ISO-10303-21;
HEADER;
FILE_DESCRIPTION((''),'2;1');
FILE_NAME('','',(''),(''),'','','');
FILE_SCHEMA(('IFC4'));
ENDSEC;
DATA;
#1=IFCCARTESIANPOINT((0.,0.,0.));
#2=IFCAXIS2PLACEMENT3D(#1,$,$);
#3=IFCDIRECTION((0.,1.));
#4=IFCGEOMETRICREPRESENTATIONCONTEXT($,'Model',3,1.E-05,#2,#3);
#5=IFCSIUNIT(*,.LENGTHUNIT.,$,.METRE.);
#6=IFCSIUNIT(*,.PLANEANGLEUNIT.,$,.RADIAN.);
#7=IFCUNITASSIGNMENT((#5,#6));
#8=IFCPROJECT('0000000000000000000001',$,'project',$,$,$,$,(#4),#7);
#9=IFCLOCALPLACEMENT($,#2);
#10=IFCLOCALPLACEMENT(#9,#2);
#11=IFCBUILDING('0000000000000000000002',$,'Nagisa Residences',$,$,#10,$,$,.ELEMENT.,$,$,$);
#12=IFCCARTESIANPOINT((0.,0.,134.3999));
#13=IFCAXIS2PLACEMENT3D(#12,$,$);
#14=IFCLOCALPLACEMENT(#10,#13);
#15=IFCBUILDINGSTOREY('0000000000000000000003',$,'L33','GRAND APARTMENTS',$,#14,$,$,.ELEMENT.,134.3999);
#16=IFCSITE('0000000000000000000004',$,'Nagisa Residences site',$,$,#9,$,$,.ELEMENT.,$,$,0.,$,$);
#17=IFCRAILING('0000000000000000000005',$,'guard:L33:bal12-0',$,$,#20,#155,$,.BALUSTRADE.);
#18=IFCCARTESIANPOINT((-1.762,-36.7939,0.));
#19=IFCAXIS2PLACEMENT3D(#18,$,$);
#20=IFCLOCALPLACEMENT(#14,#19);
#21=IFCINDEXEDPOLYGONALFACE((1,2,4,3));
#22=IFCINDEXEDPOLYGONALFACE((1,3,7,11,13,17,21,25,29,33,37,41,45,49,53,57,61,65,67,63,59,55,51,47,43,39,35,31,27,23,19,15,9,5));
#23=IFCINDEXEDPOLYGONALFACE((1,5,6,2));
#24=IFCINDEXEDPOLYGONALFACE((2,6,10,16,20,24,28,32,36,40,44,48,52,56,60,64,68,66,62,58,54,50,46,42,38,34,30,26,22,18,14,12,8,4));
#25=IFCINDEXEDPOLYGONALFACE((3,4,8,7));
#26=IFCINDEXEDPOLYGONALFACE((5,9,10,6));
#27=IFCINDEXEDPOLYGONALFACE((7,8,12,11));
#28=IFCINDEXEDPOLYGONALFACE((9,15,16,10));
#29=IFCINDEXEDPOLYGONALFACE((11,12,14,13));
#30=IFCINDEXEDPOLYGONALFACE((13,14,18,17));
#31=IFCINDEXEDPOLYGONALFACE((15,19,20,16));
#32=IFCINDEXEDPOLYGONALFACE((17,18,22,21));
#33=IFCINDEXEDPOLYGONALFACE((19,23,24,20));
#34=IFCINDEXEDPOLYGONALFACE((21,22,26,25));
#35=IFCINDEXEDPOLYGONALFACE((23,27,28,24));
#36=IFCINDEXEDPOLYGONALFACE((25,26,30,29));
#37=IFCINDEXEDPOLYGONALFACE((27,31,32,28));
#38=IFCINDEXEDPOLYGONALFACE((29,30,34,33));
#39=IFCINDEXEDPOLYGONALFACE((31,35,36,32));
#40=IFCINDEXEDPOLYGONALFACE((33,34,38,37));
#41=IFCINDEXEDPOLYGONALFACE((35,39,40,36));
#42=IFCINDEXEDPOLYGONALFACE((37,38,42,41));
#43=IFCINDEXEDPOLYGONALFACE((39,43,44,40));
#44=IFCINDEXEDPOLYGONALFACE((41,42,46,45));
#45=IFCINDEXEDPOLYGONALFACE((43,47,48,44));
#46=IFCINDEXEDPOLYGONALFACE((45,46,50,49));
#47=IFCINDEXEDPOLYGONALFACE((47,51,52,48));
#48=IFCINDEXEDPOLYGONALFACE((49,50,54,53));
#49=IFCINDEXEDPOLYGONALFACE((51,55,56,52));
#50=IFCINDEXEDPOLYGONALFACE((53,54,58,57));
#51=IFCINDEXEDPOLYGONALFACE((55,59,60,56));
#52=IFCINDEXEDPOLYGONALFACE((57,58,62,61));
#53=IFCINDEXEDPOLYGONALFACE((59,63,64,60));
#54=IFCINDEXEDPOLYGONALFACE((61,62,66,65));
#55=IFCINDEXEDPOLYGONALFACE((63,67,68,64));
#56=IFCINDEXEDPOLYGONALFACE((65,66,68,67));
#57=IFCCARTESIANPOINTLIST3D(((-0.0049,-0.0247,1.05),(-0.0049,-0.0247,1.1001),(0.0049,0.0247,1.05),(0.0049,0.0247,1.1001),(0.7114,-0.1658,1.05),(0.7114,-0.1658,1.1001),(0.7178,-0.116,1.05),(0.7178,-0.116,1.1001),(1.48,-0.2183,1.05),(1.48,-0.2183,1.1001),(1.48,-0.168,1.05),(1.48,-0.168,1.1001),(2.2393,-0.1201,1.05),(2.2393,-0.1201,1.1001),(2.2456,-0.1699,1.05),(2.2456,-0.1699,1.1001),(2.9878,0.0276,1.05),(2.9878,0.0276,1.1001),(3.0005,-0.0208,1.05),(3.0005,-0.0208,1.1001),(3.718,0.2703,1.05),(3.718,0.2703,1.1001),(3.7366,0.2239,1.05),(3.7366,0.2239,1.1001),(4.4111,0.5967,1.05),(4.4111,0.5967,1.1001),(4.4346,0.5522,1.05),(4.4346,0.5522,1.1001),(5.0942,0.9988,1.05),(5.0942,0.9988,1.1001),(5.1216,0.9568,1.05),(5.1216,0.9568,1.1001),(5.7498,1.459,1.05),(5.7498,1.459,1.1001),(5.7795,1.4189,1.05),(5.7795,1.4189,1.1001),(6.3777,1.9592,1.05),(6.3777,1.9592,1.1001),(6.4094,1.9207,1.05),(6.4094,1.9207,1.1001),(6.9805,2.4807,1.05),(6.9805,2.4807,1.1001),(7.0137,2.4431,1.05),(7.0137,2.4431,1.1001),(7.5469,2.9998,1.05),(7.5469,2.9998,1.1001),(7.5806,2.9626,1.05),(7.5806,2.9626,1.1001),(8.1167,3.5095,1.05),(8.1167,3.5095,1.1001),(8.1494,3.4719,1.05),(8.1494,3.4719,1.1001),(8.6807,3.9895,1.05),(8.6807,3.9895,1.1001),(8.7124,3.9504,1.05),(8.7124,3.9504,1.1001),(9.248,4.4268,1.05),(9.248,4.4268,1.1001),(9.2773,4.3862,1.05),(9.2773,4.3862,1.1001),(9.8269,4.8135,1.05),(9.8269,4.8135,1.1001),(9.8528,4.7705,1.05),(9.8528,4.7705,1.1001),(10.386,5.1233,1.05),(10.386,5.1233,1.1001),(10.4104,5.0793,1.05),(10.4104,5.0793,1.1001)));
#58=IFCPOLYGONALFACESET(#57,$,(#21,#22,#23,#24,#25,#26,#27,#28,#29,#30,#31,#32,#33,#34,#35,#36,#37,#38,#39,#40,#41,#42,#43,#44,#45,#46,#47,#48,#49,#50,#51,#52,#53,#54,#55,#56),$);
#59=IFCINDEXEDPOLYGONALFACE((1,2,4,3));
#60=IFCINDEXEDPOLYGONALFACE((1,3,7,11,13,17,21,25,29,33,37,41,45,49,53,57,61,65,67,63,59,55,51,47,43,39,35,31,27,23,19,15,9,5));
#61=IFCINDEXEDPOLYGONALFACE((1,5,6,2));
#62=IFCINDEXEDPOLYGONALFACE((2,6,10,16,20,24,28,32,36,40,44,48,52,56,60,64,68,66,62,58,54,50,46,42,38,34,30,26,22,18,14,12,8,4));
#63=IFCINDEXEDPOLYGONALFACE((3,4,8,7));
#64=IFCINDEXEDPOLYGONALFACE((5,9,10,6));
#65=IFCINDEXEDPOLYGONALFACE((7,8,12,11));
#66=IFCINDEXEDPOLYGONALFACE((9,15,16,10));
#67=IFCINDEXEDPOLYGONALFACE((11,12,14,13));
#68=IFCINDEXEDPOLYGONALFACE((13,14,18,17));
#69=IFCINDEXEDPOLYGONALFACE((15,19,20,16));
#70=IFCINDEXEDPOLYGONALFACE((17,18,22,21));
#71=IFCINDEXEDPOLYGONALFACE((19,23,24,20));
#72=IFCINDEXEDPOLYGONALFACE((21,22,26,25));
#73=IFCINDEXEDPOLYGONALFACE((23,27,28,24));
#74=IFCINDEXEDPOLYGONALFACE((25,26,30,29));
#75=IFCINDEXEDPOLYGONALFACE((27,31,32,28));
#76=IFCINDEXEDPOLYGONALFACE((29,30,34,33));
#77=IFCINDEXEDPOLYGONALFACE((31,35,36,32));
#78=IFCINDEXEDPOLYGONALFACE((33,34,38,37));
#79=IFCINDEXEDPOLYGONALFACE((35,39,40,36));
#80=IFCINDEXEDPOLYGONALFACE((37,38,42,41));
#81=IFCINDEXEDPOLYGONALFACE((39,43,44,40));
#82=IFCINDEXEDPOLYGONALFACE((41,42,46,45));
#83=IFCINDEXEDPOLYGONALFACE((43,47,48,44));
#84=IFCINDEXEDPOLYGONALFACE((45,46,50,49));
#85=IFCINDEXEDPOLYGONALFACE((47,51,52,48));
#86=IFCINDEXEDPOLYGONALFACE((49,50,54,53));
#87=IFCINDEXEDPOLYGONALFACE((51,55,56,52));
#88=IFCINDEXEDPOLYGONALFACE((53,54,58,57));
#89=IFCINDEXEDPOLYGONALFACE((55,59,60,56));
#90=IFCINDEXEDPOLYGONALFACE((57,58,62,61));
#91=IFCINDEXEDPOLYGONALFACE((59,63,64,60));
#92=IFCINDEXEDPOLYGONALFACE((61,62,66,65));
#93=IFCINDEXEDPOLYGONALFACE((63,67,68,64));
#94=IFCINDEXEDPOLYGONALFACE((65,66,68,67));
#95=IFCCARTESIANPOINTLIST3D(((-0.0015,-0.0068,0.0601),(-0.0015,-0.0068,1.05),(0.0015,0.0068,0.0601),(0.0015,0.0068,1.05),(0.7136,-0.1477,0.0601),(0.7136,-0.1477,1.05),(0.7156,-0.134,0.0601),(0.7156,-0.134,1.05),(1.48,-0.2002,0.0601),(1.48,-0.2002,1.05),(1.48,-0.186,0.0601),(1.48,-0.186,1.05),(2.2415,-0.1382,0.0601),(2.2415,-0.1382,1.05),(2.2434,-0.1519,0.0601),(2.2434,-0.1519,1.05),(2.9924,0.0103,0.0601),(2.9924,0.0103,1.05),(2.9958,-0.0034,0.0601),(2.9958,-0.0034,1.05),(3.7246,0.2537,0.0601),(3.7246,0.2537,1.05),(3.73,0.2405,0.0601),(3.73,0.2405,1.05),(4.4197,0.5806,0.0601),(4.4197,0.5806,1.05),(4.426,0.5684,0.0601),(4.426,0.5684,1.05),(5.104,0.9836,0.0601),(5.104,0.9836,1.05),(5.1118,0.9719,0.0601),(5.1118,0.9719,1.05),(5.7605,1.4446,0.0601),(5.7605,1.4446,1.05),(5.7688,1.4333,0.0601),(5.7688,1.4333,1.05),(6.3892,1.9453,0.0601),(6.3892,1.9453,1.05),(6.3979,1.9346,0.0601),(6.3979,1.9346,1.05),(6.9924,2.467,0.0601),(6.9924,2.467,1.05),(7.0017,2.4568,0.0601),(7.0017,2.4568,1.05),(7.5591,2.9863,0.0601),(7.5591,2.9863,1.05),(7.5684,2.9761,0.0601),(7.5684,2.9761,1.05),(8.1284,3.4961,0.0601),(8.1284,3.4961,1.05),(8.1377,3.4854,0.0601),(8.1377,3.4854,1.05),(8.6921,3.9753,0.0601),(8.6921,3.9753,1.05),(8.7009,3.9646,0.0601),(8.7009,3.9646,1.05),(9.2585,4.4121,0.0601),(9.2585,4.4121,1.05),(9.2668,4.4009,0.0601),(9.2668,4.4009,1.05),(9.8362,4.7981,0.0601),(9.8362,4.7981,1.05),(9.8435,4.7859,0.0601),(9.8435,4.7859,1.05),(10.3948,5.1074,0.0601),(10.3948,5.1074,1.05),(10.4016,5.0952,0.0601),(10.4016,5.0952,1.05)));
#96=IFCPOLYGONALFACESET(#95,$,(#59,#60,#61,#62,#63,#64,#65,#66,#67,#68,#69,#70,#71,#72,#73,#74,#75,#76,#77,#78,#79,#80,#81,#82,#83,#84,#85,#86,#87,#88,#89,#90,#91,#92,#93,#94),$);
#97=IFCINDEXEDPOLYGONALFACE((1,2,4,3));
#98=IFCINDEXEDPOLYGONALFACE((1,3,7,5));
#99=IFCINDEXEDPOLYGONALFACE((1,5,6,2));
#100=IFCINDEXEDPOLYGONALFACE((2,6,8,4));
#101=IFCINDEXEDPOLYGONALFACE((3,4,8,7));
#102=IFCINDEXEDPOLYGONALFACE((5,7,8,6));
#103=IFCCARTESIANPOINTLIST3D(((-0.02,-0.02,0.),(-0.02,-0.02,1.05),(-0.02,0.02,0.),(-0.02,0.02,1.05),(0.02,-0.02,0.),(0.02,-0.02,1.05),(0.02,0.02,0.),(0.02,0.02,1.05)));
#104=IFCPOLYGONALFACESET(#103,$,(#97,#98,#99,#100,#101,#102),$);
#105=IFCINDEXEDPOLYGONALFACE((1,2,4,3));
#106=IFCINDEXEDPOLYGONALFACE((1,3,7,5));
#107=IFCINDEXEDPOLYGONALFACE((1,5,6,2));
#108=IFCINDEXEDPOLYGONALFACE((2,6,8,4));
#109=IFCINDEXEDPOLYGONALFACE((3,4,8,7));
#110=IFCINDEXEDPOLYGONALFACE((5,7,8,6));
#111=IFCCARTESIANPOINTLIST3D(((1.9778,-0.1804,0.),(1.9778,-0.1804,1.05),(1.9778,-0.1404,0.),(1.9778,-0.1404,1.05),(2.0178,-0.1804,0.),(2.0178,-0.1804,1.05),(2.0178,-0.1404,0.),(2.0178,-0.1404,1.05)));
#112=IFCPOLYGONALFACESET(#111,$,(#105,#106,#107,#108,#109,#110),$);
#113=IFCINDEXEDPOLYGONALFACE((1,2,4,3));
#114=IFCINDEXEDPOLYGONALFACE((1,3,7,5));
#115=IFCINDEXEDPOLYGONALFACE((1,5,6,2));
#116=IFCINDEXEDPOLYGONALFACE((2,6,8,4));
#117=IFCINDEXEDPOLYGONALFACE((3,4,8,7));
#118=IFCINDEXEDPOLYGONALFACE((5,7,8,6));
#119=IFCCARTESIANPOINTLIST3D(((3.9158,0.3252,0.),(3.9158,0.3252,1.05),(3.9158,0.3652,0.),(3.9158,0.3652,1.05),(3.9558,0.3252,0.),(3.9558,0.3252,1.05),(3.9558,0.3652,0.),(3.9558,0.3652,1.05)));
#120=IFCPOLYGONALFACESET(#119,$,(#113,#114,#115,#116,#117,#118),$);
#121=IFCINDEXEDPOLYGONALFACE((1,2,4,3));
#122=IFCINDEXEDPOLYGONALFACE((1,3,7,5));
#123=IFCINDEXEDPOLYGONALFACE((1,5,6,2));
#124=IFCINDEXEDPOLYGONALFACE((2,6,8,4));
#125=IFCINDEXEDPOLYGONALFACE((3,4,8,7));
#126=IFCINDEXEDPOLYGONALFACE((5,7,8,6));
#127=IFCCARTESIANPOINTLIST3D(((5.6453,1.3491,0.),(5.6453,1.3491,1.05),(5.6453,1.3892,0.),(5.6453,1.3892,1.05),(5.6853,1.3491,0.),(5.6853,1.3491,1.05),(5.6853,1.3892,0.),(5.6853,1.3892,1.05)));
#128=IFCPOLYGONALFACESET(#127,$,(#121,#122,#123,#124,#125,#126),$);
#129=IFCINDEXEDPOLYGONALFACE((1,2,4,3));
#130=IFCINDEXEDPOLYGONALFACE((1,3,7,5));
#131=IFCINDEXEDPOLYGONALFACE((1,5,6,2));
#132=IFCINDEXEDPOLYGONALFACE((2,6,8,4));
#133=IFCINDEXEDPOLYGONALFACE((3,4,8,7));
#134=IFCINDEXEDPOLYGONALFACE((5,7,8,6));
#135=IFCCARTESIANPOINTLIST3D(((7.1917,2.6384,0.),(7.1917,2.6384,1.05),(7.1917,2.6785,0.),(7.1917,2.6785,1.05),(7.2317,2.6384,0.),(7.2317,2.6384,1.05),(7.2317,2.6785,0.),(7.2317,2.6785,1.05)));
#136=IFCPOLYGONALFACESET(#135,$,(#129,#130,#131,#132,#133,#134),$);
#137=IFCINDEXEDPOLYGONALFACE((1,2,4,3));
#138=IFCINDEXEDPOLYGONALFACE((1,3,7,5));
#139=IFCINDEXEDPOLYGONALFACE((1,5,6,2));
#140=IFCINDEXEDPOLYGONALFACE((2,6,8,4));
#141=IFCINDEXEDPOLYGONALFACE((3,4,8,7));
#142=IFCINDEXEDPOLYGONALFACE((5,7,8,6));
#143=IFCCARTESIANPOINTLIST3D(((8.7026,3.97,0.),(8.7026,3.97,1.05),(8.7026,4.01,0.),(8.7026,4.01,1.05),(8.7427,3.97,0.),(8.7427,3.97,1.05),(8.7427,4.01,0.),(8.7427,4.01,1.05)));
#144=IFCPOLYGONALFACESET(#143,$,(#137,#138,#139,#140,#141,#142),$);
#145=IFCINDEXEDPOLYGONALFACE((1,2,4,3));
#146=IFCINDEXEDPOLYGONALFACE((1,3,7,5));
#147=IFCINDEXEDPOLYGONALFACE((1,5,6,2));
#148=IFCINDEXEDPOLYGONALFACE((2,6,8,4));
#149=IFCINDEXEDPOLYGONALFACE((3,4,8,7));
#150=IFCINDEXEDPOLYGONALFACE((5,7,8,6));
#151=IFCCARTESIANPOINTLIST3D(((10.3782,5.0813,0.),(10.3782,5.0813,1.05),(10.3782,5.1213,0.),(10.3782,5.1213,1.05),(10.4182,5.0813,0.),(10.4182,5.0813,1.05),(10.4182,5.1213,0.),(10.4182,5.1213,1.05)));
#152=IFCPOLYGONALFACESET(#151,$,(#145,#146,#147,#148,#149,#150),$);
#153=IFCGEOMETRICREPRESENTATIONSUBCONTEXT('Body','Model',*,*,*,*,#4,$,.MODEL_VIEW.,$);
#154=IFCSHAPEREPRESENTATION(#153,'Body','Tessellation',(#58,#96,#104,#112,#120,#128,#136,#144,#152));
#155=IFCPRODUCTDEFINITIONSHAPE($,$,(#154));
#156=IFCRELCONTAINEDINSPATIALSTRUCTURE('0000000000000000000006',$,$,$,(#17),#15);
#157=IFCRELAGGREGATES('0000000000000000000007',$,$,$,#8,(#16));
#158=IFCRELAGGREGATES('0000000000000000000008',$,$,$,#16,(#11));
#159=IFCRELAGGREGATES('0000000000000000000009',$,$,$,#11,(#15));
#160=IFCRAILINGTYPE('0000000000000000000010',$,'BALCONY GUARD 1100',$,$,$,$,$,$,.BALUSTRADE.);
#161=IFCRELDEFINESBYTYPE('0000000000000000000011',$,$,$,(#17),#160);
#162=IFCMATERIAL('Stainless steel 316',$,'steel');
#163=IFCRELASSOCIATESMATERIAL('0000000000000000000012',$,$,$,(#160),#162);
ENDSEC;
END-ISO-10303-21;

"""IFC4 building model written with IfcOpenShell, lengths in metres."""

from ifc_helpers import new_model, si_unit, direction, frame, origin, origin_2d, place, context, subcontext, project, spatial, polyline, rectangle, outline, extrude, material, type_object, element, save


model = new_model("IFC4")

# Units and contexts
model_context = context("Model", 3, precision=1e-05, world=origin(), true_north=direction((0.0, 1.0)))
body_context = subcontext(model_context, "Body", "Model", "MODEL_VIEW")
ifc_project = project(units=[si_unit("LENGTHUNIT", "METRE"), si_unit("PLANEANGLEUNIT", "RADIAN")], contexts=[model_context])

# Site, building, storey
site_placement = place(None, origin())
site = spatial("IfcSite", under=ifc_project, at=site_placement, Name="Nagisa Residences site", CompositionType="ELEMENT", RefElevation=0.0)
building_placement = place(site_placement, origin())
building = spatial("IfcBuilding", under=site, at=building_placement, Name="Nagisa Residences", CompositionType="ELEMENT")
storey_placement = place(building_placement, frame((0.0, 0.0, 134.3999)))
storey = spatial("IfcBuildingStorey", under=building, at=storey_placement, Name="L33", Description="GRAND APARTMENTS", CompositionType="ELEMENT", Elevation=134.3999)

# Railing
ifc_material_1 = material(Name="Stainless steel 316", Category="steel")
railing_type = type_object("IfcRailingType", Name="BALCONY GUARD 1100", PredefinedType="BALUSTRADE", material=ifc_material_1)
railing_1_placement = place(storey_placement, frame((-1.762, -36.7939, 0.0)))
element("IfcRailing", 1, at=railing_1_placement, inside=storey, type_object=railing_type, Name="guard:L33:bal12-0", PredefinedType="BALUSTRADE", context=body_context, shape_type="SweptSolid", body=[
    extrude(outline(polyline([(0.7178, -0.116), (0.0049, 0.0247), (-0.0049, -0.0247), (0.7114, -0.1658), (1.48, -0.2183), (2.2456, -0.1699), (3.0005, -0.0208), (3.7366, 0.2239), (4.4346, 0.5522), (5.1216, 0.9568), (5.7795, 1.4189), (6.4094, 1.9207), (7.0137, 2.4431), (7.5806, 2.9626), (8.1494, 3.4719), (8.7124, 3.9504), (9.2773, 4.3862), (9.8528, 4.7705), (10.4104, 5.0793), (10.386, 5.1233), (9.8269, 4.8135), (9.248, 4.4268), (8.6807, 3.9895), (8.1167, 3.5095), (7.5469, 2.9998), (6.9805, 2.4807), (6.3777, 1.9592), (5.7498, 1.459), (5.0942, 0.9988), (4.4111, 0.5967), (3.718, 0.2703), (2.9878, 0.0276), (2.2393, -0.1201), (1.48, -0.168), (0.7178, -0.116)])), frame((0.0, 0.0, 1.05)), (0.0, 0.0, 1.0), 0.05),
    extrude(outline(polyline([(0.7156, -0.134), (0.0015, 0.0068), (-0.0015, -0.0068), (0.7136, -0.1477), (1.48, -0.2002), (2.2434, -0.1519), (2.9958, -0.0034), (3.73, 0.2405), (4.426, 0.5684), (5.1118, 0.9719), (5.7688, 1.4333), (6.3979, 1.9346), (7.0017, 2.4568), (7.5684, 2.9761), (8.1377, 3.4854), (8.7009, 3.9646), (9.2668, 4.4009), (9.8435, 4.7859), (10.4016, 5.0952), (10.3948, 5.1074), (9.8362, 4.7981), (9.2585, 4.4121), (8.6921, 3.9753), (8.1284, 3.4961), (7.5591, 2.9863), (6.9924, 2.467), (6.3892, 1.9453), (5.7605, 1.4446), (5.104, 0.9836), (4.4197, 0.5806), (3.7246, 0.2537), (2.9924, 0.0103), (2.2415, -0.1382), (1.48, -0.186), (0.7156, -0.134)])), frame((0.0, 0.0, 0.0601)), (0.0, 0.0, 1.0), 0.99),
    extrude(rectangle(XDim=0.04, YDim=0.04, at=origin_2d()), origin(), (0.0, 0.0, 1.0), 1.05),
    extrude(rectangle(XDim=0.04, YDim=0.04, at=origin_2d()), frame((1.9978, -0.1604, 0.0)), (0.0, 0.0, 1.0), 1.05),
    extrude(rectangle(XDim=0.04, YDim=0.04, at=origin_2d()), frame((3.9358, 0.3452, 0.0)), (0.0, 0.0, 1.0), 1.05),
    extrude(rectangle(XDim=0.04, YDim=0.04, at=origin_2d()), frame((5.6653, 1.3691, 0.0)), (0.0, 0.0, 1.0), 1.05),
    extrude(rectangle(XDim=0.04, YDim=0.04, at=origin_2d()), frame((7.2117, 2.6584, 0.0)), (0.0, 0.0, 1.0), 1.05),
    extrude(rectangle(XDim=0.04, YDim=0.04, at=origin_2d()), frame((8.7227, 3.99, 0.0)), (0.0, 0.0, 1.0), 1.05),
    extrude(rectangle(XDim=0.04, YDim=0.04, at=origin_2d()), frame((10.3982, 5.1013, 0.0)), (0.0, 0.0, 1.0), 1.05),
])

save(model, "model.ifc")
